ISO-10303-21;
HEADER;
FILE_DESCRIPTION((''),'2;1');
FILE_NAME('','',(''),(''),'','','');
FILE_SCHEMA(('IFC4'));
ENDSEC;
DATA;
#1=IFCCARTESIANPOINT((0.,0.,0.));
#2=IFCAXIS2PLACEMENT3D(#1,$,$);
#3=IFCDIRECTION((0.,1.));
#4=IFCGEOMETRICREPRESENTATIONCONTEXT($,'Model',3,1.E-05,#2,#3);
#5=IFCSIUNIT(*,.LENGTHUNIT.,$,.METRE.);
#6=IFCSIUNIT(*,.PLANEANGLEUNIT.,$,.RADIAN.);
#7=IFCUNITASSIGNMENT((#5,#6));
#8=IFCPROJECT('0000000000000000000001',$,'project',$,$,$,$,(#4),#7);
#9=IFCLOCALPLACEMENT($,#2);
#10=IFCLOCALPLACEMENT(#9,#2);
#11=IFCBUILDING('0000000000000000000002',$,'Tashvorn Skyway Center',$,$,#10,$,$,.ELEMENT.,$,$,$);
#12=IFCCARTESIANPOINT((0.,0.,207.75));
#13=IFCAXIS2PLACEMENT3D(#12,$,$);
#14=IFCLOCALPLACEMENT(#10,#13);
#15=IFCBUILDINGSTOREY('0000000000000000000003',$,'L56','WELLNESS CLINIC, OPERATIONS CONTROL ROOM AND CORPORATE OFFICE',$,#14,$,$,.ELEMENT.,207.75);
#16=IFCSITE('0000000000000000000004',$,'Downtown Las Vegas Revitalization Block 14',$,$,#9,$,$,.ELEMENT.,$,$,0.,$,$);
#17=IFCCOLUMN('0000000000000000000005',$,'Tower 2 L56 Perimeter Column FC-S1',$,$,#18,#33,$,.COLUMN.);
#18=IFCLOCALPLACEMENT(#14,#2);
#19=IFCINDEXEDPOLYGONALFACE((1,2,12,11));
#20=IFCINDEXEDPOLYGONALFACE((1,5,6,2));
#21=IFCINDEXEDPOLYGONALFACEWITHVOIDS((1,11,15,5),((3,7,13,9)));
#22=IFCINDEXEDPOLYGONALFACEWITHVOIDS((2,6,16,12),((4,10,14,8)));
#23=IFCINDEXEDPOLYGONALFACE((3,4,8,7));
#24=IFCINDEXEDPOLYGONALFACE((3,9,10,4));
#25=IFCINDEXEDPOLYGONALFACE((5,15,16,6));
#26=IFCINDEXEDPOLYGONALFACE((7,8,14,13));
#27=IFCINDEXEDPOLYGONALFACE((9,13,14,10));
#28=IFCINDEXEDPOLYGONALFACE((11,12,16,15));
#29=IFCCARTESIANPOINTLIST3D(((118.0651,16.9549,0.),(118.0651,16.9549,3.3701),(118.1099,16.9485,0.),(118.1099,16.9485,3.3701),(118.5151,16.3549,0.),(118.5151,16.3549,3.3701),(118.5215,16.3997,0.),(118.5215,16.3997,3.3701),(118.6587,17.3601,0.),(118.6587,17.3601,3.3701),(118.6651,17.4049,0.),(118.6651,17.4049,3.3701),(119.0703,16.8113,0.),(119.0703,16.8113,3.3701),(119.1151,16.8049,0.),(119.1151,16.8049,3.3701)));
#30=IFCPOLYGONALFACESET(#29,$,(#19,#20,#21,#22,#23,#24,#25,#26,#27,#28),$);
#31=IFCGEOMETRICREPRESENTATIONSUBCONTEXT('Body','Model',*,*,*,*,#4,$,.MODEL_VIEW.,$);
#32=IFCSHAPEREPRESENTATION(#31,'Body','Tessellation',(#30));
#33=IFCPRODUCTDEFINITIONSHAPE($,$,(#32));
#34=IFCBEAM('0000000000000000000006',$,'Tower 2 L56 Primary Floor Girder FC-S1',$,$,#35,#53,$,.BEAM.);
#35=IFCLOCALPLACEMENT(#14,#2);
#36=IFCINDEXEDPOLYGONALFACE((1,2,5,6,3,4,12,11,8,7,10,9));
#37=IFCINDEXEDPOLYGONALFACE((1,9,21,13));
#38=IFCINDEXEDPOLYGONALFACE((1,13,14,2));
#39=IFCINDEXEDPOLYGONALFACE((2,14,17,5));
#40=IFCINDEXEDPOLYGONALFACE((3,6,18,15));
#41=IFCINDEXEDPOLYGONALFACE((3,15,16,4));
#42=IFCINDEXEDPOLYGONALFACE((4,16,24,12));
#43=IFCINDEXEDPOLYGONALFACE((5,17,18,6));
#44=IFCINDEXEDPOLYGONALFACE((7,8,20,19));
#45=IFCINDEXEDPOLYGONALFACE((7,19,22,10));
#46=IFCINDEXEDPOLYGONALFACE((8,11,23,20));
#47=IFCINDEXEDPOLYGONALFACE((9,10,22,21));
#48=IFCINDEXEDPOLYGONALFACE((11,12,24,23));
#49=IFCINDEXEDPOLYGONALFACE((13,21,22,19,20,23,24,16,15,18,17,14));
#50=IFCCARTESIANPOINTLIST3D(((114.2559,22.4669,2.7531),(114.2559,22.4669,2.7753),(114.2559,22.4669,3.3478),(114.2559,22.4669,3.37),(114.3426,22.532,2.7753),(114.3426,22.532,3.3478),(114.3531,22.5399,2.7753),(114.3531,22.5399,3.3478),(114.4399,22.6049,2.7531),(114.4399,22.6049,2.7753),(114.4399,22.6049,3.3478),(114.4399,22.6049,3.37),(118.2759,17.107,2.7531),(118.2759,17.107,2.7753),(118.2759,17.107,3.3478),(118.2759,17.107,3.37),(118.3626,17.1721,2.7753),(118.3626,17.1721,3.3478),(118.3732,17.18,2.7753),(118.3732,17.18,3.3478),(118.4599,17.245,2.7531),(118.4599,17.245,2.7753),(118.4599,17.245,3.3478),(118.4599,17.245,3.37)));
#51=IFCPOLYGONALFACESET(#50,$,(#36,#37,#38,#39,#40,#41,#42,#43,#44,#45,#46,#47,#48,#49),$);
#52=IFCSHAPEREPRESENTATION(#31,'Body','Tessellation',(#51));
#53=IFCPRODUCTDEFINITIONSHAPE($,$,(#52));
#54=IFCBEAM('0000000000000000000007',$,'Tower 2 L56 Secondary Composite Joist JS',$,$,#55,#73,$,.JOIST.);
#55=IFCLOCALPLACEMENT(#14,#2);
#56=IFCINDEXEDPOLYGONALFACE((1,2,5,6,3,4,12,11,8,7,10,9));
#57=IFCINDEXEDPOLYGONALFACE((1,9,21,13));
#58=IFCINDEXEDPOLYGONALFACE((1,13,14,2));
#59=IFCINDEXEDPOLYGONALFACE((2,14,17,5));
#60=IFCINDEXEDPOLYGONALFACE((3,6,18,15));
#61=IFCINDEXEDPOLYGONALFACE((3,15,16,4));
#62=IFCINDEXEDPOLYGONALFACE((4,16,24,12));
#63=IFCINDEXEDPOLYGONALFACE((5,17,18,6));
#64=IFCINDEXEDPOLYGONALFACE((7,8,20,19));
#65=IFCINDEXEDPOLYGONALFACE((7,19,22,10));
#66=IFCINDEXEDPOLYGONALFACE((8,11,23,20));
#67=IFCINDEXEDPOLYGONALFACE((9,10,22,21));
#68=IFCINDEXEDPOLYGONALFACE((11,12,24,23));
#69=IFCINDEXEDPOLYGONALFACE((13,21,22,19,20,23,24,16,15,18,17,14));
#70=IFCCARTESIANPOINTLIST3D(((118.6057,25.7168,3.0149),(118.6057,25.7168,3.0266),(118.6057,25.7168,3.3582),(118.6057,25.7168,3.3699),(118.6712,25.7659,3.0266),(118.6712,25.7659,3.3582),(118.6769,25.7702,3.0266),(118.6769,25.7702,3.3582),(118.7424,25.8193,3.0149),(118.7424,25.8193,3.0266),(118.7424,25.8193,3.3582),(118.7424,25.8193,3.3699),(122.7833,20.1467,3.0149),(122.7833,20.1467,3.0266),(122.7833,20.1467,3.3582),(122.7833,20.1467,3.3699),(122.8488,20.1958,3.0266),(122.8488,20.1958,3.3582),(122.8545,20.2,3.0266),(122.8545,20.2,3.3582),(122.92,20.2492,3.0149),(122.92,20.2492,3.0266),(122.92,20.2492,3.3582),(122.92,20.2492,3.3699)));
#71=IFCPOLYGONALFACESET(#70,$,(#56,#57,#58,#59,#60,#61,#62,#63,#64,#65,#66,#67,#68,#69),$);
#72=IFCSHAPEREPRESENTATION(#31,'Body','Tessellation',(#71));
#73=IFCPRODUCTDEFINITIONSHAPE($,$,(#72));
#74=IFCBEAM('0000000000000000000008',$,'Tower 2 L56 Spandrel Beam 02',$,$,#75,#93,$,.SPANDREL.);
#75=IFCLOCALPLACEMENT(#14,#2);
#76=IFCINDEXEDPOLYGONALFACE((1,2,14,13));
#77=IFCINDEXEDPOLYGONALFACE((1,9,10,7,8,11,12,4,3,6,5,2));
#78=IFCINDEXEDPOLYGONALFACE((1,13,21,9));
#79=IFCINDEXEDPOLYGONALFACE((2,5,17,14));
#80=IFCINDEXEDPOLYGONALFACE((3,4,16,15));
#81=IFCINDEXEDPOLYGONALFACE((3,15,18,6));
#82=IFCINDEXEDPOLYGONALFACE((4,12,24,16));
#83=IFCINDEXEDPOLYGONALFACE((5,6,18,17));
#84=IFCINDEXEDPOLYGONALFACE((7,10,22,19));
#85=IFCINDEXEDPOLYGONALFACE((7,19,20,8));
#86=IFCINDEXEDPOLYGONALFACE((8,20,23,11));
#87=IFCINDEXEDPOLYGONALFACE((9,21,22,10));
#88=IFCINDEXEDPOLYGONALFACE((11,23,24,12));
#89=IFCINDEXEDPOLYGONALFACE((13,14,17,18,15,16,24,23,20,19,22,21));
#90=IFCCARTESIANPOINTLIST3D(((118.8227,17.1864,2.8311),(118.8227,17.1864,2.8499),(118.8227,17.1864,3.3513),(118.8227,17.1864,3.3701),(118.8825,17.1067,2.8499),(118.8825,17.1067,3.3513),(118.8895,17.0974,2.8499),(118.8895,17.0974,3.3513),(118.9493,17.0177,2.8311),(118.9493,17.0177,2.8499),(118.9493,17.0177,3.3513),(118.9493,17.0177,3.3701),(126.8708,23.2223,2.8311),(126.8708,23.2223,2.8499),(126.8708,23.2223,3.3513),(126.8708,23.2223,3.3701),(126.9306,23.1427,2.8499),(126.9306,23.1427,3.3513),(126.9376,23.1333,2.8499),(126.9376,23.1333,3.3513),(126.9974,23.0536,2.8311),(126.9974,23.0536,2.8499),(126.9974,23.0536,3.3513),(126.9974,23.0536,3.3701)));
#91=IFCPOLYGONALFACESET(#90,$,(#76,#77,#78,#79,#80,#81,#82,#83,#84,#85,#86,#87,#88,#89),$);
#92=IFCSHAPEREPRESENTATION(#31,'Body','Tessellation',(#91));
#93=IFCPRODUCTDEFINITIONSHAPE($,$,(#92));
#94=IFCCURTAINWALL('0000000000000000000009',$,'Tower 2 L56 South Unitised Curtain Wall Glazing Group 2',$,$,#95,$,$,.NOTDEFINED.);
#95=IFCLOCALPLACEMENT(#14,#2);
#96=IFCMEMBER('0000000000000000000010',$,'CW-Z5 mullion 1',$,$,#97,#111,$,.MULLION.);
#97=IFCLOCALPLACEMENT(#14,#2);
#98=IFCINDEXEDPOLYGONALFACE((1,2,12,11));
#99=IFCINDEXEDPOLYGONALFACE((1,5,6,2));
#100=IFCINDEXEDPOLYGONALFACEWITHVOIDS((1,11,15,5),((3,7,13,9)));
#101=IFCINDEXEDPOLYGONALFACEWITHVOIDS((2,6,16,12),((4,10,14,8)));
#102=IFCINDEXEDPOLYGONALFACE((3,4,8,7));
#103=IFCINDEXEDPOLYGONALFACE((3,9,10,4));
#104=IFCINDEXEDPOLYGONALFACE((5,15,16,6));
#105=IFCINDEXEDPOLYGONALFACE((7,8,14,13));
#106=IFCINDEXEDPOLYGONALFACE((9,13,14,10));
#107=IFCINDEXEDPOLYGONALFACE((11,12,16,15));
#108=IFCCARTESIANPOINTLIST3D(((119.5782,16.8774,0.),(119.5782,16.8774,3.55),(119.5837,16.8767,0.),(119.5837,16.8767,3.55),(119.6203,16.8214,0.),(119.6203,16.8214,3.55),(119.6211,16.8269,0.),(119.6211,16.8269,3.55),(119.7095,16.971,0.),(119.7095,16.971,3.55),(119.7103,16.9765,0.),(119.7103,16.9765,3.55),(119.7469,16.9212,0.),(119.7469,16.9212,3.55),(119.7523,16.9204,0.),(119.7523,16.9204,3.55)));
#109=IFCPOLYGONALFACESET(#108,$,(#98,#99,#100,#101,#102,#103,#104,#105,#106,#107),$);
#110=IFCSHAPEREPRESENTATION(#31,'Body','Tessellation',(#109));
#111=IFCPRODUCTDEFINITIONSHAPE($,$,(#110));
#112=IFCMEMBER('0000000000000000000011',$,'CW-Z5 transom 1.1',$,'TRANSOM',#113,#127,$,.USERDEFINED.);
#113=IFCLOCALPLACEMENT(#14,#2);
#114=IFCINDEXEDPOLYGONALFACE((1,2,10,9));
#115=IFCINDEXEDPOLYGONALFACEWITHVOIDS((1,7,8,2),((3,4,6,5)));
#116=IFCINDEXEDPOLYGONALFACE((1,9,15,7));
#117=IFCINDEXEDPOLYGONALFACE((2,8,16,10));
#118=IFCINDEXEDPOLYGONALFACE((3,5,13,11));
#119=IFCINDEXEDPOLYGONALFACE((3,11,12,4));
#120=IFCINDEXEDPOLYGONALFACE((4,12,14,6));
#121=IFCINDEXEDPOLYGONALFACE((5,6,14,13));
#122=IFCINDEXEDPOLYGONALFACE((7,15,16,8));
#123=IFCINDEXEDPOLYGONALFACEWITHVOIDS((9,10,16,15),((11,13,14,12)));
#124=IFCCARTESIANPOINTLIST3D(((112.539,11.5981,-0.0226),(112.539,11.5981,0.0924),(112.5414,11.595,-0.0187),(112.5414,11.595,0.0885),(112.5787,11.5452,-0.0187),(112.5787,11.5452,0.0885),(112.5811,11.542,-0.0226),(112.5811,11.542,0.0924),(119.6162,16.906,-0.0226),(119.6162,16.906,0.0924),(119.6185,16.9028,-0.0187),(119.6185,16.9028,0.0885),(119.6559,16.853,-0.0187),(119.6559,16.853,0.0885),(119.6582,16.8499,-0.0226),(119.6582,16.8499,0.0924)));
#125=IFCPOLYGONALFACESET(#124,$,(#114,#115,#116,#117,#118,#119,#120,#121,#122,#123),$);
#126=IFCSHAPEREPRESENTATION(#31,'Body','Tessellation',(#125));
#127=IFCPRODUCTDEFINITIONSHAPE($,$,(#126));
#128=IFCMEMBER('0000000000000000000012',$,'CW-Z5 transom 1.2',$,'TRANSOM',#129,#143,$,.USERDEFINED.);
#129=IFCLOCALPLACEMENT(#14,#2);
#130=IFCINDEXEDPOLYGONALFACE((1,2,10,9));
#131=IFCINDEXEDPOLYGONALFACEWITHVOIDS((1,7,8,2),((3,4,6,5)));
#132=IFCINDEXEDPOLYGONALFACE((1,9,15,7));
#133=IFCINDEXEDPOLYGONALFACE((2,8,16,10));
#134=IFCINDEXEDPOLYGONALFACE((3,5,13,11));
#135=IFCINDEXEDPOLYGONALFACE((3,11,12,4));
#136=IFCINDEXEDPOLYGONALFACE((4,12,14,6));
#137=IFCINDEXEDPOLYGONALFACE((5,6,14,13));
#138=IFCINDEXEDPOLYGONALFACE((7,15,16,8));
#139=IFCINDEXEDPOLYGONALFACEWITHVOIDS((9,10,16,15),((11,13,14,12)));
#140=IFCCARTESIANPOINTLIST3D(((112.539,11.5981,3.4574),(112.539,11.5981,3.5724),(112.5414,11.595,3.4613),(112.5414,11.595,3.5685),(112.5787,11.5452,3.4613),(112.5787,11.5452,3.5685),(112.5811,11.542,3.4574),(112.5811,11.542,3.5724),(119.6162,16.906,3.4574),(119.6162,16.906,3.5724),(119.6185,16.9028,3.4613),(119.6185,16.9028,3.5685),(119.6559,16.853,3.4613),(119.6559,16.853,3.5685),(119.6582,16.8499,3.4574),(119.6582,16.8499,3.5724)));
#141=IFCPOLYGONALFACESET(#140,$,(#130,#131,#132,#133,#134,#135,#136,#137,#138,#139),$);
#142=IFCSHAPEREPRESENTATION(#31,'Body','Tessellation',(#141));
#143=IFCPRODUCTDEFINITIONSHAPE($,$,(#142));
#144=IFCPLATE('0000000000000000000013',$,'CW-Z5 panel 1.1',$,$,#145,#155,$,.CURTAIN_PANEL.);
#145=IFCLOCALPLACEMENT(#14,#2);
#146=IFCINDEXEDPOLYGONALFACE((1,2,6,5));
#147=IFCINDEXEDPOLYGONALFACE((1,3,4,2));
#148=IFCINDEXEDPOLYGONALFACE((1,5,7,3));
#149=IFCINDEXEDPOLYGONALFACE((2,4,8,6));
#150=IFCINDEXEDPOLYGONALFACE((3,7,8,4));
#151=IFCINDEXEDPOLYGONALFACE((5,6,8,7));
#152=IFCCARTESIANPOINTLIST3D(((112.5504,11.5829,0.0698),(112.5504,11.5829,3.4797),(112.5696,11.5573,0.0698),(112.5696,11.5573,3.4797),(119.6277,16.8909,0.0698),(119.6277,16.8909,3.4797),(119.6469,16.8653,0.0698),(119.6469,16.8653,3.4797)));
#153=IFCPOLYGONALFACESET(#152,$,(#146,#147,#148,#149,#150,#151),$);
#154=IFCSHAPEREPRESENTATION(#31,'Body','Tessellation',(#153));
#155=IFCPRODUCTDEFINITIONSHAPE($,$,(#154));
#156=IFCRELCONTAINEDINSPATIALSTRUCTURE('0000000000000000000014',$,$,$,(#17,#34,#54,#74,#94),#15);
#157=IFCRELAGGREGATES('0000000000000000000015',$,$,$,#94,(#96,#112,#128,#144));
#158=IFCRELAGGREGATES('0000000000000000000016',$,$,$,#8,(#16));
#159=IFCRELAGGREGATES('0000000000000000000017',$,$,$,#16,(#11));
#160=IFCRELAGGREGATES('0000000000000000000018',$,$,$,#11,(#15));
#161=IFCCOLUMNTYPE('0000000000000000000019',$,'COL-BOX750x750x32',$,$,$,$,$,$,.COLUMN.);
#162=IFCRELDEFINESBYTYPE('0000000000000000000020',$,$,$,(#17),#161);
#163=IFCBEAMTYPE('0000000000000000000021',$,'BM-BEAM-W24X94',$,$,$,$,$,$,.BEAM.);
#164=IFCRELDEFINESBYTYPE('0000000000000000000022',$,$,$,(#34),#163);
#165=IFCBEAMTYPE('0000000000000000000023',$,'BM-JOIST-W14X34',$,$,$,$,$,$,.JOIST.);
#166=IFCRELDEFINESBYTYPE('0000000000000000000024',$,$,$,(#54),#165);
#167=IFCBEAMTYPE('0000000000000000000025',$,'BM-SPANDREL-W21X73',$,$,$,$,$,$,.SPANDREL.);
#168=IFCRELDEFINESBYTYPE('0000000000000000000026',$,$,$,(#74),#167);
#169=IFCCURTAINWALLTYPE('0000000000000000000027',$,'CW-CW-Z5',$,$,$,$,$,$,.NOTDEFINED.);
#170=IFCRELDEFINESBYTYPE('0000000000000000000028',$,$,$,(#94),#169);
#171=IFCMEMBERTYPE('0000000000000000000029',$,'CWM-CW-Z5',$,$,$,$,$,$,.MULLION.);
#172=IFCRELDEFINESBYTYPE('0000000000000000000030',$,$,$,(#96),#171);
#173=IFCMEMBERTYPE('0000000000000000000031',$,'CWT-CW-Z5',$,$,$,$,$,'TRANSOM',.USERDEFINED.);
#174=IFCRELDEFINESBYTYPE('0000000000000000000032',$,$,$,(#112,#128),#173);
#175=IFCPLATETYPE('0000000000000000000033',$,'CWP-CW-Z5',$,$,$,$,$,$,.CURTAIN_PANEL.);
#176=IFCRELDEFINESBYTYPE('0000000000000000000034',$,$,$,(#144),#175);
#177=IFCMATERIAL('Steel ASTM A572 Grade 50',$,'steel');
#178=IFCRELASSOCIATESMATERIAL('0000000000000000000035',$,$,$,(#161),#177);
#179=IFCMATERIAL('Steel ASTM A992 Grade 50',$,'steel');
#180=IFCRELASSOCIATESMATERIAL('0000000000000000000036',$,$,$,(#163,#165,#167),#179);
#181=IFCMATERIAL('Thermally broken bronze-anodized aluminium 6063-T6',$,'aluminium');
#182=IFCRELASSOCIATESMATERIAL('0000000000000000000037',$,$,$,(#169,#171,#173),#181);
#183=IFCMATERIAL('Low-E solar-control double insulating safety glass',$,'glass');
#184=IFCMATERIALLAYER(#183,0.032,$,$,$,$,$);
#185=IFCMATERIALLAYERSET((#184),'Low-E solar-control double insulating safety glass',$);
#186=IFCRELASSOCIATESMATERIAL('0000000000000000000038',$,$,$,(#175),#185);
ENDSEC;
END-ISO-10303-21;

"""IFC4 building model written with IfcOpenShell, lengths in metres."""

from ifc_helpers import new_model, si_unit, direction, frame, origin, origin_2d, place, context, subcontext, project, spatial, rectangle, hollow_rectangle, i_section, extrude, material, layer, layer_set, material_profile, profile_set, type_object, element, aggregate, save


model = new_model("IFC4")

# Units and contexts
model_context = context("Model", 3, precision=1e-05, world=origin(), true_north=direction((0.0, 1.0)))
body_context = subcontext(model_context, "Body", "Model", "MODEL_VIEW")
ifc_project = project(units=[si_unit("LENGTHUNIT", "METRE"), si_unit("PLANEANGLEUNIT", "RADIAN")], contexts=[model_context])

# Site, building, storey
site_placement = place(None, origin())
site = spatial("IfcSite", under=ifc_project, at=site_placement, Name="Downtown Las Vegas Revitalization Block 14", CompositionType="ELEMENT", RefElevation=0.0)
building_placement = place(site_placement, origin())
building = spatial("IfcBuilding", under=site, at=building_placement, Name="Tashvorn Skyway Center", CompositionType="ELEMENT")
storey_placement = place(building_placement, frame((0.0, 0.0, 207.75)))
storey = spatial("IfcBuildingStorey", under=building, at=storey_placement, Name="L56", Description="WELLNESS CLINIC, OPERATIONS CONTROL ROOM AND CORPORATE OFFICE", CompositionType="ELEMENT", Elevation=207.75)

# Column
ifc_material_1 = material(Name="Steel ASTM A572 Grade 50", Category="steel")
ifc_material_profile_1 = material_profile(ifc_material_1, hollow_rectangle(XDim=0.75, YDim=0.75, WallThickness=0.032, at=origin_2d()), Name="BOX750x750x32")
ifc_profile_set_1 = profile_set([ifc_material_profile_1], Name="Steel ASTM A572 Grade 50")
column_type = type_object("IfcColumnType", Name="COL-BOX750x750x32", PredefinedType="COLUMN", material=ifc_profile_set_1)
column_placement = place(storey_placement, frame((118.5901, 16.8799, 0.0), z_axis=(0.0, 0.0, 1.0), x_axis=(0.8, 0.6, 0.0)))
element("IfcColumn", 1, at=column_placement, inside=storey, type_object=column_type, Name="Tower 2 L56 Perimeter Column FC-S1", PredefinedType="COLUMN", context=body_context, shape_type="SweptSolid", body=[
    extrude(hollow_rectangle(XDim=0.75, YDim=0.75, WallThickness=0.032, at=origin_2d()), origin(), (0.0, 0.0, 1.0), 3.3701),
])

# Beams
ifc_material_2 = material(Name="Steel ASTM A992 Grade 50", Category="steel")
ifc_material_profile_2 = material_profile(ifc_material_2, i_section(OverallWidth=0.23, OverallDepth=0.6169, WebThickness=0.0132, FlangeThickness=0.0222, at=origin_2d()), Name="W24X94")
ifc_profile_set_2 = profile_set([ifc_material_profile_2], Name="Steel ASTM A992 Grade 50")
beam_type_1 = type_object("IfcBeamType", Name="BM-BEAM-W24X94", PredefinedType="BEAM", material=ifc_profile_set_2)
beam_1_placement = place(storey_placement, frame((118.3679, 17.176, 3.0615), z_axis=(-0.600012, 0.799991, 0.0), x_axis=(-0.799991, -0.600012, 0.0)))
element("IfcBeam", 2, at=beam_1_placement, inside=storey, type_object=beam_type_1, Name="Tower 2 L56 Primary Floor Girder FC-S1", PredefinedType="BEAM", context=body_context, shape_type="SweptSolid", body=[
    extrude(i_section(OverallWidth=0.23, OverallDepth=0.6169, WebThickness=0.0132, FlangeThickness=0.0222, at=origin_2d()), origin(), (0.0, 0.0, 1.0), 6.7),
])
ifc_material_profile_3 = material_profile(ifc_material_2, i_section(OverallWidth=0.1709, OverallDepth=0.355, WebThickness=0.0071, FlangeThickness=0.0117, at=origin_2d()), Name="W14X34")
ifc_profile_set_3 = profile_set([ifc_material_profile_3], Name="Steel ASTM A992 Grade 50")
beam_type_2 = type_object("IfcBeamType", Name="BM-JOIST-W14X34", PredefinedType="JOIST", material=ifc_profile_set_3)
beam_2_placement = place(storey_placement, frame((118.6741, 25.7681, 3.1924), z_axis=(0.599994, -0.800004, 0.0), x_axis=(0.800004, 0.599994, 0.0)))
element("IfcBeam", 3, at=beam_2_placement, inside=storey, type_object=beam_type_2, Name="Tower 2 L56 Secondary Composite Joist JS", PredefinedType="JOIST", context=body_context, shape_type="SweptSolid", body=[
    extrude(i_section(OverallWidth=0.1709, OverallDepth=0.355, WebThickness=0.0071, FlangeThickness=0.0117, at=origin_2d()), origin(), (0.0, 0.0, 1.0), 6.9626),
])
ifc_material_profile_4 = material_profile(ifc_material_2, i_section(OverallWidth=0.2109, OverallDepth=0.5391, WebThickness=0.0117, FlangeThickness=0.0188, at=origin_2d()), Name="W21X73")
ifc_profile_set_4 = profile_set([ifc_material_profile_4], Name="Steel ASTM A992 Grade 50")
beam_type_3 = type_object("IfcBeamType", Name="BM-SPANDREL-W21X73", PredefinedType="SPANDREL", material=ifc_profile_set_4)
beam_3_placement = place(storey_placement, frame((118.886, 17.1021, 3.1006), z_axis=(0.800009, 0.599988, 0.0), x_axis=(-0.599988, 0.800009, 0.0)))
element("IfcBeam", 4, at=beam_3_placement, inside=storey, type_object=beam_type_3, Name="Tower 2 L56 Spandrel Beam 02", PredefinedType="SPANDREL", context=body_context, shape_type="SweptSolid", body=[
    extrude(i_section(OverallWidth=0.2109, OverallDepth=0.5391, WebThickness=0.0117, FlangeThickness=0.0188, at=origin_2d()), origin(), (0.0, 0.0, 1.0), 10.0601),
])

# Curtain wall, members, plate
ifc_material_3 = material(Name="Thermally broken bronze-anodized aluminium 6063-T6", Category="aluminium")
curtain_wall_type = type_object("IfcCurtainWallType", Name="CW-CW-Z5", PredefinedType="NOTDEFINED", material=ifc_material_3)
curtain_wall_placement = place(storey_placement, origin())
curtain_wall = element("IfcCurtainWall", 5, at=curtain_wall_placement, inside=storey, type_object=curtain_wall_type, Name="Tower 2 L56 South Unitised Curtain Wall Glazing Group 2", PredefinedType="NOTDEFINED")
ifc_material_profile_5 = material_profile(ifc_material_3, hollow_rectangle(XDim=0.0701, YDim=0.165, WallThickness=0.0039, at=origin_2d()), Name="ALU-MULL-70x165")
ifc_profile_set_5 = profile_set([ifc_material_profile_5], Name="Thermally broken bronze-anodized aluminium 6063-T6")
member_type_1 = type_object("IfcMemberType", Name="CWM-CW-Z5", PredefinedType="MULLION", material=ifc_profile_set_5)
member_1_placement = place(storey_placement, frame((119.6653, 16.8989, 0.0), z_axis=(0.0, 0.0, 1.0), x_axis=(0.600002, -0.799999, 0.0)))
member_1 = element("IfcMember", 6, at=member_1_placement, type_object=member_type_1, Name="CW-Z5 mullion 1", PredefinedType="MULLION", context=body_context, shape_type="SweptSolid", body=[
    extrude(hollow_rectangle(XDim=0.0701, YDim=0.165, WallThickness=0.0039, at=origin_2d()), origin(), (0.0, 0.0, 1.0), 3.55),
])
ifc_material_profile_6 = material_profile(ifc_material_3, hollow_rectangle(XDim=0.0701, YDim=0.115, WallThickness=0.0039, at=origin_2d()), Name="ALU-TRAN-70x115")
ifc_profile_set_6 = profile_set([ifc_material_profile_6], Name="Thermally broken bronze-anodized aluminium 6063-T6")
member_type_2 = type_object("IfcMemberType", Name="CWT-CW-Z5", ElementType="TRANSOM", PredefinedType="USERDEFINED", material=ifc_profile_set_6)
member_2_placement = place(storey_placement, frame((119.6372, 16.8779, 0.0349), z_axis=(-0.8, -0.6, 0.0), x_axis=(0.6, -0.8, 0.0)))
member_2 = element("IfcMember", 7, at=member_2_placement, type_object=member_type_2, Name="CW-Z5 transom 1.1", ObjectType="TRANSOM", PredefinedType="USERDEFINED", context=body_context, shape_type="SweptSolid", body=[
    extrude(hollow_rectangle(XDim=0.0701, YDim=0.115, WallThickness=0.0039, at=origin_2d()), origin(), (0.0, 0.0, 1.0), 8.8464),
])
member_3_placement = place(storey_placement, frame((119.6372, 16.8779, 3.5149), z_axis=(-0.8, -0.6, 0.0), x_axis=(0.6, -0.8, 0.0)))
member_3 = element("IfcMember", 8, at=member_3_placement, type_object=member_type_2, Name="CW-Z5 transom 1.2", ObjectType="TRANSOM", PredefinedType="USERDEFINED", context=body_context, shape_type="SweptSolid", body=[
    extrude(hollow_rectangle(XDim=0.0701, YDim=0.115, WallThickness=0.0039, at=origin_2d()), origin(), (0.0, 0.0, 1.0), 8.8464),
])
ifc_material_4 = material(Name="Low-E solar-control double insulating safety glass", Category="glass")
ifc_layer_1 = layer(ifc_material_4, 0.032)
ifc_layer_set_1 = layer_set([ifc_layer_1], Name="Low-E solar-control double insulating safety glass")
plate_type = type_object("IfcPlateType", Name="CWP-CW-Z5", PredefinedType="CURTAIN_PANEL", material=ifc_layer_set_1)
plate_placement = place(storey_placement, frame((116.0986, 14.2241, 0.0698), z_axis=(0.0, 0.0, 1.0), x_axis=(-0.799999, -0.600002, 0.0)))
plate = element("IfcPlate", 9, at=plate_placement, type_object=plate_type, Name="CW-Z5 panel 1.1", PredefinedType="CURTAIN_PANEL", context=body_context, shape_type="SweptSolid", body=[
    extrude(rectangle(XDim=8.8467, YDim=0.032, at=origin_2d()), origin(), (0.0, 0.0, 1.0), 3.4099),
])
aggregate(curtain_wall, [member_1, member_2, member_3, plate])

save(model, "model.ifc")
